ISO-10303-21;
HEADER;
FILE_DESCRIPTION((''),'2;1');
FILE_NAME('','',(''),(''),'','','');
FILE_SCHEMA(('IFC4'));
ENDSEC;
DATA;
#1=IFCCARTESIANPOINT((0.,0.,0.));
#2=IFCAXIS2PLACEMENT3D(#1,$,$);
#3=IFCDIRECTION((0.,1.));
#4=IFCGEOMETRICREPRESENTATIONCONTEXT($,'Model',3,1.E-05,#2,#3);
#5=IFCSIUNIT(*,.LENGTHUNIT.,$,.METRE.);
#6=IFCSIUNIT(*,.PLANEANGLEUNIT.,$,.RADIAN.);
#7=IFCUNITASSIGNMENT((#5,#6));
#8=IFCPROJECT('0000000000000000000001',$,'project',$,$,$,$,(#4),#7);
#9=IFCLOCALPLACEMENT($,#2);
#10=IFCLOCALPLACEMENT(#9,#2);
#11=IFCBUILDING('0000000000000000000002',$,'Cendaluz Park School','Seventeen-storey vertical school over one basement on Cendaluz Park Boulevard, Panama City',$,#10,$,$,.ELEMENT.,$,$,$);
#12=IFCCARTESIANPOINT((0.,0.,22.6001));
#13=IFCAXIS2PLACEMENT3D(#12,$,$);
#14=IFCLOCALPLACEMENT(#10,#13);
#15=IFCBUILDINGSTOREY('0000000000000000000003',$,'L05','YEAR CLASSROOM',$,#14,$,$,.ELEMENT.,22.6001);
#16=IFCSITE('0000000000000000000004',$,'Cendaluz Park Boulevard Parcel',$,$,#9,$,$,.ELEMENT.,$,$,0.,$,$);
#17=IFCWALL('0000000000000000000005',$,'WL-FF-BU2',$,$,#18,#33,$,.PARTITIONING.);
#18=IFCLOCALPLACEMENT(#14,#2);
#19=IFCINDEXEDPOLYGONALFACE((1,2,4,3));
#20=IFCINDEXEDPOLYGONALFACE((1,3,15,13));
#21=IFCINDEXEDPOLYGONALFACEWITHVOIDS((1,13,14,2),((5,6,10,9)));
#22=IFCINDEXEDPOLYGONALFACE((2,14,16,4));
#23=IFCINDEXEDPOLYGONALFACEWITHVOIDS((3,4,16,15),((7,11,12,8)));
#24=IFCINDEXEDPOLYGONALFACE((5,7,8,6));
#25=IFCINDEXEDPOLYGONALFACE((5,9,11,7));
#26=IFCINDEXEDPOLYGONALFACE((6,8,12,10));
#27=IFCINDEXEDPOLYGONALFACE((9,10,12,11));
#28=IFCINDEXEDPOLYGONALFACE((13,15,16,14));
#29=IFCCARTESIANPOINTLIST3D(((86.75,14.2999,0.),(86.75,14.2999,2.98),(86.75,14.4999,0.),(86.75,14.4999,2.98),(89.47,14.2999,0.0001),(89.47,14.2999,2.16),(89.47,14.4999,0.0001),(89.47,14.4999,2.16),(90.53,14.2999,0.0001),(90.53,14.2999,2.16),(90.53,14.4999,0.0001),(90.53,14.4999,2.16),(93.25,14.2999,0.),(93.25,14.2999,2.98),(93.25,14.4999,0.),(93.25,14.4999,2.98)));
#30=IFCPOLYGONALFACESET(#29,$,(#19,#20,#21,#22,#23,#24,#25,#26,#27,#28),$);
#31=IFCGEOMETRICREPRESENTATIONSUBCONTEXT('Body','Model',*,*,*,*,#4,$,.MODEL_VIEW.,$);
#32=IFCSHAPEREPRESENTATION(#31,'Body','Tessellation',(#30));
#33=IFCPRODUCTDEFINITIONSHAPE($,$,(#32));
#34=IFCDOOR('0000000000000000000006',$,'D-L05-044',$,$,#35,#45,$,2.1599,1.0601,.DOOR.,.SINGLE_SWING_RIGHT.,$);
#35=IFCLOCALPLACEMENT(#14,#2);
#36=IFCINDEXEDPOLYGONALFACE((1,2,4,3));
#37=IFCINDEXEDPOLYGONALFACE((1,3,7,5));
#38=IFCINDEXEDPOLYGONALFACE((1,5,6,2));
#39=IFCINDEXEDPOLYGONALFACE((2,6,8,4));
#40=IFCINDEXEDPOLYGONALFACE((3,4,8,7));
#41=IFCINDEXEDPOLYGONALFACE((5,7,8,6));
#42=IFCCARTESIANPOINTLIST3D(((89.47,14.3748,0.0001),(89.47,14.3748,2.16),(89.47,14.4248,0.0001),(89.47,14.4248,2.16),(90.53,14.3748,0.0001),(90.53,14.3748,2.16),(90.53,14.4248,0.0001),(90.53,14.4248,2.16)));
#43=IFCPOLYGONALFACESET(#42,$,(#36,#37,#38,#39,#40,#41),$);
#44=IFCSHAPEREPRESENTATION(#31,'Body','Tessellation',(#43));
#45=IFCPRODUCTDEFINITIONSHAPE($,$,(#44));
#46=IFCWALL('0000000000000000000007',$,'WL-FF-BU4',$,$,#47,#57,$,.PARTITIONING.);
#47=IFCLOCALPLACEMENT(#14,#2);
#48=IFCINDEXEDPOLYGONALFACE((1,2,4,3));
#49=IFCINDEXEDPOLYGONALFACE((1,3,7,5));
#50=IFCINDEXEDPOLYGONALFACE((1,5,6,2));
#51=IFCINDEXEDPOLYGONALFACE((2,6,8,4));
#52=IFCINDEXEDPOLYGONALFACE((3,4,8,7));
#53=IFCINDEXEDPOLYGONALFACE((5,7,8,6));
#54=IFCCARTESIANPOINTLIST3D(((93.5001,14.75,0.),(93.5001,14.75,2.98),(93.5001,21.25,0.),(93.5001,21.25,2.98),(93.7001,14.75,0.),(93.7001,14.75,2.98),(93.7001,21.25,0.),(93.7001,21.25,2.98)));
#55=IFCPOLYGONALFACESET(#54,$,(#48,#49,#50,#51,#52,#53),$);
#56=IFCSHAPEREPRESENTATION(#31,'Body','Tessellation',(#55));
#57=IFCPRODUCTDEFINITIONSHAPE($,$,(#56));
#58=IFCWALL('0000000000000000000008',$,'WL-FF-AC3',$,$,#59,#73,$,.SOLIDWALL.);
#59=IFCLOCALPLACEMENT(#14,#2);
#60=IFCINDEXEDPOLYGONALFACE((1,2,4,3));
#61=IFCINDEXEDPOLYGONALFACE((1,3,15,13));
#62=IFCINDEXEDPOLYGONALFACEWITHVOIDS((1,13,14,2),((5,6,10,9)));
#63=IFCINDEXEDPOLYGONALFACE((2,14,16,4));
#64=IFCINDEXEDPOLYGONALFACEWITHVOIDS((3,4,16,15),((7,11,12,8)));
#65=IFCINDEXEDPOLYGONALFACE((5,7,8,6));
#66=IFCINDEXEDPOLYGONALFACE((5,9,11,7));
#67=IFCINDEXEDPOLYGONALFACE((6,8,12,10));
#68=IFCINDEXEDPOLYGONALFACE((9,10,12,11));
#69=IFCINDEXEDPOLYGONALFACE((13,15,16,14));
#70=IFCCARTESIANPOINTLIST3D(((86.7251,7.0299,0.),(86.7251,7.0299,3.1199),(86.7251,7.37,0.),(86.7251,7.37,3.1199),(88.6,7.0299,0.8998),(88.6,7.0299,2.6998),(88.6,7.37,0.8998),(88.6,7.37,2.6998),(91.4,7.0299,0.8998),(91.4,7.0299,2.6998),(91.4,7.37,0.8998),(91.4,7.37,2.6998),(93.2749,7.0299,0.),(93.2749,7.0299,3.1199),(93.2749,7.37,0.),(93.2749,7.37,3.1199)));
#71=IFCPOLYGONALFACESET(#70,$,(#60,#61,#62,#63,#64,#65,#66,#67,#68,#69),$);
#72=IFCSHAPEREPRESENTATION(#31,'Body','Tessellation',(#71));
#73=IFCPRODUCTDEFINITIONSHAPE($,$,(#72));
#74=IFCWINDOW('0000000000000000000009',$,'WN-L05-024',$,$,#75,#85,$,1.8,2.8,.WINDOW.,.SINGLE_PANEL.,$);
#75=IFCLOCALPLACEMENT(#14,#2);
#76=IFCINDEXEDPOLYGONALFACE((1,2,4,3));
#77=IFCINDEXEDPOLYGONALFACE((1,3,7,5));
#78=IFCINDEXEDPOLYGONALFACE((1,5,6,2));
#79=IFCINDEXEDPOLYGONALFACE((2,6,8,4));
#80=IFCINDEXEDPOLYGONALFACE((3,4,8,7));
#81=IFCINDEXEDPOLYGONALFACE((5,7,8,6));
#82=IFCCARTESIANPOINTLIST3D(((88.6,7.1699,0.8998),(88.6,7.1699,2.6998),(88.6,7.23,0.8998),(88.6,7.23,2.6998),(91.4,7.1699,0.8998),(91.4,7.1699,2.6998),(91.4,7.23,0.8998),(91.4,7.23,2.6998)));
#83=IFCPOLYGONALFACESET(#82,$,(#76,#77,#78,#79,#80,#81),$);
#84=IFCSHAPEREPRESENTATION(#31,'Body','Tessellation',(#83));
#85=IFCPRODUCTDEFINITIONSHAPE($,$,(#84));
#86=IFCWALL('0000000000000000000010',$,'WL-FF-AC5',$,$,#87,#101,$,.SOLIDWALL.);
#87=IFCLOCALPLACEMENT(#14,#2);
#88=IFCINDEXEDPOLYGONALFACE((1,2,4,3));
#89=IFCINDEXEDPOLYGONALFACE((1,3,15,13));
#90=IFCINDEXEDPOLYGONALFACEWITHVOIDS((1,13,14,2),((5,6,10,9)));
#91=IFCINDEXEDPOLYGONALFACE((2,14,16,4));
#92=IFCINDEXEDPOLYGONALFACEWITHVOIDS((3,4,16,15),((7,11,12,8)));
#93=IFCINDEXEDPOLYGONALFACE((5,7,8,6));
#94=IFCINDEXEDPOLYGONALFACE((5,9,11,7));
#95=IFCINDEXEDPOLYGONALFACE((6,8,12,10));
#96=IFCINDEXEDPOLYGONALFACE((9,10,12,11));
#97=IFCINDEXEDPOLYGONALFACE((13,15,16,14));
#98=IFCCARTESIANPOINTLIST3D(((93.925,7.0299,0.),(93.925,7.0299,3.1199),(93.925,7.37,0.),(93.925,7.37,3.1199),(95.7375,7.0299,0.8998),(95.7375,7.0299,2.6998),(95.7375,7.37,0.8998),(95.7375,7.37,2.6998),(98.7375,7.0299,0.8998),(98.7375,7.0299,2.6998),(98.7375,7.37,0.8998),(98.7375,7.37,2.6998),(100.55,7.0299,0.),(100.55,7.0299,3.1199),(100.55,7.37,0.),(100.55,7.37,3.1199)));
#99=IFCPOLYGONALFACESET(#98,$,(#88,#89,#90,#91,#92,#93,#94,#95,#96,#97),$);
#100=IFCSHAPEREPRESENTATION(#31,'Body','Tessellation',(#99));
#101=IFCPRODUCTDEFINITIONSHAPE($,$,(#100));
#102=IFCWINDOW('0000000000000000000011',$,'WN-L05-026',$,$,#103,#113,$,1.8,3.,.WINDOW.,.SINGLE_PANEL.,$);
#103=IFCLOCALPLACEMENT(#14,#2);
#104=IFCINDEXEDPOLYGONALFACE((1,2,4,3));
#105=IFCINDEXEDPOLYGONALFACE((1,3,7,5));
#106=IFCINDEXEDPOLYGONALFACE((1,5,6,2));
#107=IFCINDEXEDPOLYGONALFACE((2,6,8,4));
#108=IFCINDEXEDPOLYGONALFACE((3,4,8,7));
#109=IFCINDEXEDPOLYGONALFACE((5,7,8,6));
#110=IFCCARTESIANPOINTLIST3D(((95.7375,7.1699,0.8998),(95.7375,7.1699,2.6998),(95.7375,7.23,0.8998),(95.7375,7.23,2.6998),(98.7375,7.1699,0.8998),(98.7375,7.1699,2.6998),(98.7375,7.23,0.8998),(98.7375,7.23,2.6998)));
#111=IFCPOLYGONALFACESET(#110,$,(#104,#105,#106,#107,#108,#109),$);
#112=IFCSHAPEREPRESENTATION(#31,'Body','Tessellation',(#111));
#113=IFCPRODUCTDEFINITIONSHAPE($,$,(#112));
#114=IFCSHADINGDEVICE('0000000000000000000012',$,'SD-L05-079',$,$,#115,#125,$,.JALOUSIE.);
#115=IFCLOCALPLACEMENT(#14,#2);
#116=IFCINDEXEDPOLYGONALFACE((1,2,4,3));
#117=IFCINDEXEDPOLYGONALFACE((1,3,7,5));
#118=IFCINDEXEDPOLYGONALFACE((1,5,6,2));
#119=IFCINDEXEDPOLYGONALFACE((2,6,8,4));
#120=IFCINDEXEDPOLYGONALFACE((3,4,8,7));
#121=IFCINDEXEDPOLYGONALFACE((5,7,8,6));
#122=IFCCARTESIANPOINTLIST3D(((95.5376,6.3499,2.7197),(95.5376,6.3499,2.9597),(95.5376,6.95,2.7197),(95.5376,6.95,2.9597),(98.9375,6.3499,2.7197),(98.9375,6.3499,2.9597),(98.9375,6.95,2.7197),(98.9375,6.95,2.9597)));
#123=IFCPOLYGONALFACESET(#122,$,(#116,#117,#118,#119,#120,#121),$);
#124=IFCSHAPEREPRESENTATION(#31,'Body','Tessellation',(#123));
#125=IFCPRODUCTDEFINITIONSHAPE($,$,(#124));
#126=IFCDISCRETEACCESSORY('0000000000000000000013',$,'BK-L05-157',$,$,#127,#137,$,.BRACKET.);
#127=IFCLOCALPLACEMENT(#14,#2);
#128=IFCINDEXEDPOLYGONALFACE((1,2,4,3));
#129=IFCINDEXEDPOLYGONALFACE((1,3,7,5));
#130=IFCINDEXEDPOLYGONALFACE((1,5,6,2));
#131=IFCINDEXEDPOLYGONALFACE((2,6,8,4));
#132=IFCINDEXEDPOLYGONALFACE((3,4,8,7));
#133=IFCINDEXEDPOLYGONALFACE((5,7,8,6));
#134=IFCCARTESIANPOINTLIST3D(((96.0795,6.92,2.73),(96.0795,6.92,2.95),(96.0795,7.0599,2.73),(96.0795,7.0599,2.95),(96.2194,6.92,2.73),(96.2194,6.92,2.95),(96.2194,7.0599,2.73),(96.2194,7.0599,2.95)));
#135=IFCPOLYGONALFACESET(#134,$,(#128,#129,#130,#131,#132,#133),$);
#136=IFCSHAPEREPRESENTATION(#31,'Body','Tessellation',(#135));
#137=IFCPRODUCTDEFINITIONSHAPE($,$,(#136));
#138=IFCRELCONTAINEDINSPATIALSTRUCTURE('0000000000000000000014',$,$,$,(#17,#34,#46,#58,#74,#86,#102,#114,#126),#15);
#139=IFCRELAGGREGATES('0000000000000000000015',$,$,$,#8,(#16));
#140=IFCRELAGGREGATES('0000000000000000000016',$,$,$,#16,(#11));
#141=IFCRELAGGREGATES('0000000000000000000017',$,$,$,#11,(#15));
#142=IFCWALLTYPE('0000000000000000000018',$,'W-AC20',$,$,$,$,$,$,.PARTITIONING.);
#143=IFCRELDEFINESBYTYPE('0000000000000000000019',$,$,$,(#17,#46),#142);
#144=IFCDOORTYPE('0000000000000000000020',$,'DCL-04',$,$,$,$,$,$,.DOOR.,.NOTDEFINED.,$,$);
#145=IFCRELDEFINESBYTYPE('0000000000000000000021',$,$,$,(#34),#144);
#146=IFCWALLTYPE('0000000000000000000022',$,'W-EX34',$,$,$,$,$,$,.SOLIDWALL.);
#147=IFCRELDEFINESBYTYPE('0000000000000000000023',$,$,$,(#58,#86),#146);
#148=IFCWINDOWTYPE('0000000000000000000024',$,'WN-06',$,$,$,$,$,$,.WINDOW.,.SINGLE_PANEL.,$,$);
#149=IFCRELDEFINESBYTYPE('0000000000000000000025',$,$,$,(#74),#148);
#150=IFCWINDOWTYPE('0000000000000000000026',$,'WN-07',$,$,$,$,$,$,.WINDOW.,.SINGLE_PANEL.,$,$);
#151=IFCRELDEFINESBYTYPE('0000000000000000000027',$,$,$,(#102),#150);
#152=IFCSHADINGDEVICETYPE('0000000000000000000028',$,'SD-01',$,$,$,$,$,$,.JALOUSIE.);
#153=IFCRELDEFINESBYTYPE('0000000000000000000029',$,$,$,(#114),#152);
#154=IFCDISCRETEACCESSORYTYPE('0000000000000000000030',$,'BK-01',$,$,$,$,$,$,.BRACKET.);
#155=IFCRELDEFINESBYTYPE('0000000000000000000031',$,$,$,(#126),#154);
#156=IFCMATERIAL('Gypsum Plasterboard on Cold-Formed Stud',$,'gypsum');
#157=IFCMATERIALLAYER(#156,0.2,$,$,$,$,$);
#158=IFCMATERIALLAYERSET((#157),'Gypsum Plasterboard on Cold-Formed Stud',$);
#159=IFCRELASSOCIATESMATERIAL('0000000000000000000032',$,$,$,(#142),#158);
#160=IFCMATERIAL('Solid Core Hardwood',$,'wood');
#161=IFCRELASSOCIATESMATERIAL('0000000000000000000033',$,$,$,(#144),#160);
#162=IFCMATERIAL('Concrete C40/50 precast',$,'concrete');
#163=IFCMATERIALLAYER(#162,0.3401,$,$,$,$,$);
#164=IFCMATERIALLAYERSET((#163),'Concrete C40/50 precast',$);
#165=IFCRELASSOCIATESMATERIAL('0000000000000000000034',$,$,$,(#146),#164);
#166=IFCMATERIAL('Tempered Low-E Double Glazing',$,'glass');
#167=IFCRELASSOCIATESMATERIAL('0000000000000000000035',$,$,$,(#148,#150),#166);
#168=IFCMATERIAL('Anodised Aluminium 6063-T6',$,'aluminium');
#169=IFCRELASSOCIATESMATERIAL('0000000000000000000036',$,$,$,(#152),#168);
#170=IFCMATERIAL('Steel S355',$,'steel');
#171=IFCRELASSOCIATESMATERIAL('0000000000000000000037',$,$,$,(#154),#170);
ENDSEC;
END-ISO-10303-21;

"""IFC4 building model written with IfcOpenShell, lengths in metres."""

from ifc_helpers import new_model, si_unit, direction, frame, frame_2d, origin, origin_2d, place, context, subcontext, project, spatial, rectangle, extrude, material, layer, layer_set, type_object, element, fill, save


model = new_model("IFC4")

# Units and contexts
model_context = context("Model", 3, precision=1e-05, world=origin(), true_north=direction((0.0, 1.0)))
body_context = subcontext(model_context, "Body", "Model", "MODEL_VIEW")
ifc_project = project(units=[si_unit("LENGTHUNIT", "METRE"), si_unit("PLANEANGLEUNIT", "RADIAN")], contexts=[model_context])

# Site, building, storey
site_placement = place(None, origin())
site = spatial("IfcSite", under=ifc_project, at=site_placement, Name="Cendaluz Park Boulevard Parcel", CompositionType="ELEMENT", RefElevation=0.0)
building_placement = place(site_placement, origin())
building = spatial("IfcBuilding", under=site, at=building_placement, Name="Cendaluz Park School", Description="Seventeen-storey vertical school over one basement on Cendaluz Park Boulevard, Panama City", CompositionType="ELEMENT")
storey_placement = place(building_placement, frame((0.0, 0.0, 22.6001)))
storey = spatial("IfcBuildingStorey", under=building, at=storey_placement, Name="L05", Description="YEAR CLASSROOM", CompositionType="ELEMENT", Elevation=22.6001)

# Shared definitions
ifc_material_1 = material(Name="Gypsum Plasterboard on Cold-Formed Stud", Category="gypsum")
ifc_layer_1 = layer(ifc_material_1, 0.2)
ifc_layer_set_1 = layer_set([ifc_layer_1], Name="Gypsum Plasterboard on Cold-Formed Stud")
wall_type_1 = type_object("IfcWallType", Name="W-AC20", PredefinedType="PARTITIONING", material=ifc_layer_set_1)

# Wall, opening, door
wall_1_placement = place(storey_placement, frame((86.75, 14.3999, 0.0), z_axis=(0.0, 0.0, 1.0), x_axis=(1.0, 0.0, 0.0)))
wall_1 = element("IfcWall", 1, at=wall_1_placement, inside=storey, type_object=wall_type_1, Name="WL-FF-BU2", PredefinedType="PARTITIONING", context=body_context, shape_type="SweptSolid", body=[
    extrude(rectangle(XDim=6.5, YDim=0.2, at=frame_2d((3.25, 0.0))), origin(), (0.0, 0.0, 1.0), 2.98),
])
opening_1_placement = place(wall_1_placement, frame((2.72, 0.0, 0.0)))
opening_1 = element("IfcOpeningElement", 2, at=opening_1_placement, cuts=wall_1, PredefinedType="OPENING", context=body_context, shape_type="SweptSolid", body=[
    extrude(rectangle(XDim=1.0601, YDim=2.1599, at=frame_2d((0.53, 1.0801))), frame((0.0, 0.1121, 0.0), z_axis=(0.0, -1.0, 0.0), x_axis=(1.0, 0.0, 0.0)), (0.0, 0.0, 1.0), 0.2239),
])
ifc_material_2 = material(Name="Solid Core Hardwood", Category="wood")
door_type = type_object("IfcDoorType", Name="DCL-04", OperationType="NOTDEFINED", PredefinedType="DOOR", material=ifc_material_2)
door_placement = place(opening_1_placement, origin())
door = element("IfcDoor", 3, at=door_placement, inside=storey, type_object=door_type, Name="D-L05-044", OperationType="SINGLE_SWING_RIGHT", OverallHeight=2.1599, OverallWidth=1.0601, PredefinedType="DOOR", context=body_context, shape_type="SweptSolid", body=[
    extrude(rectangle(XDim=1.0601, YDim=2.1599, at=frame_2d((0.53, 1.0801))), frame((0.0, 0.0249, 0.0), z_axis=(0.0, -1.0, 0.0), x_axis=(1.0, 0.0, 0.0)), (0.0, 0.0, 1.0), 0.05),
])
fill(opening_1, door)

# Wall
wall_2_placement = place(storey_placement, frame((93.6001, 14.75, 0.0), z_axis=(0.0, 0.0, 1.0), x_axis=(0.0, 1.0, 0.0)))
element("IfcWall", 4, at=wall_2_placement, inside=storey, type_object=wall_type_1, Name="WL-FF-BU4", PredefinedType="PARTITIONING", context=body_context, shape_type="SweptSolid", body=[
    extrude(rectangle(XDim=6.5, YDim=0.2, at=frame_2d((3.25, 0.0))), origin(), (0.0, 0.0, 1.0), 2.98),
])

# Walls, openings, windows
ifc_material_3 = material(Name="Concrete C40/50 precast", Category="concrete")
ifc_layer_2 = layer(ifc_material_3, 0.3401)
ifc_layer_set_2 = layer_set([ifc_layer_2], Name="Concrete C40/50 precast")
wall_type_2 = type_object("IfcWallType", Name="W-EX34", PredefinedType="SOLIDWALL", material=ifc_layer_set_2)
wall_3_placement = place(storey_placement, frame((86.7251, 7.2, 0.0), z_axis=(0.0, 0.0, 1.0), x_axis=(1.0, 0.0, 0.0)))
wall_3 = element("IfcWall", 5, at=wall_3_placement, inside=storey, type_object=wall_type_2, Name="WL-FF-AC3", PredefinedType="SOLIDWALL", context=body_context, shape_type="SweptSolid", body=[
    extrude(rectangle(XDim=6.5498, YDim=0.3401, at=frame_2d((3.2749, 0.0))), origin(), (0.0, 0.0, 1.0), 3.1199),
])
opening_2_placement = place(wall_3_placement, frame((1.875, 0.0, 0.8999)))
opening_2 = element("IfcOpeningElement", 6, at=opening_2_placement, cuts=wall_3, PredefinedType="OPENING", context=body_context, shape_type="SweptSolid", body=[
    extrude(rectangle(XDim=2.8, YDim=1.8, at=frame_2d((1.3999, 0.8999))), frame((0.0, 0.1821, 0.0), z_axis=(0.0, -1.0, 0.0), x_axis=(1.0, 0.0, 0.0)), (0.0, 0.0, 1.0), 0.364),
])
ifc_material_4 = material(Name="Tempered Low-E Double Glazing", Category="glass")
window_type_1 = type_object("IfcWindowType", Name="WN-06", PartitioningType="SINGLE_PANEL", PredefinedType="WINDOW", material=ifc_material_4)
window_1_placement = place(opening_2_placement, origin())
window_1 = element("IfcWindow", 7, at=window_1_placement, inside=storey, type_object=window_type_1, Name="WN-L05-024", OverallHeight=1.8, OverallWidth=2.8, PartitioningType="SINGLE_PANEL", PredefinedType="WINDOW", context=body_context, shape_type="SweptSolid", body=[
    extrude(rectangle(XDim=2.8, YDim=1.8, at=frame_2d((1.3999, 0.8999))), frame((0.0, 0.03, 0.0), z_axis=(0.0, -1.0, 0.0), x_axis=(1.0, 0.0, 0.0)), (0.0, 0.0, 1.0), 0.0601),
])
fill(opening_2, window_1)
wall_4_placement = place(storey_placement, frame((93.925, 7.2, 0.0), z_axis=(0.0, 0.0, 1.0), x_axis=(1.0, 0.0, 0.0)))
wall_4 = element("IfcWall", 8, at=wall_4_placement, inside=storey, type_object=wall_type_2, Name="WL-FF-AC5", PredefinedType="SOLIDWALL", context=body_context, shape_type="SweptSolid", body=[
    extrude(rectangle(XDim=6.625, YDim=0.3401, at=frame_2d((3.3125, 0.0))), origin(), (0.0, 0.0, 1.0), 3.1199),
])
opening_3_placement = place(wall_4_placement, frame((1.8125, 0.0, 0.8999)))
opening_3 = element("IfcOpeningElement", 9, at=opening_3_placement, cuts=wall_4, PredefinedType="OPENING", context=body_context, shape_type="SweptSolid", body=[
    extrude(rectangle(XDim=3.0, YDim=1.8, at=frame_2d((1.5, 0.8999))), frame((0.0, 0.1821, 0.0), z_axis=(0.0, -1.0, 0.0), x_axis=(1.0, 0.0, 0.0)), (0.0, 0.0, 1.0), 0.364),
])
window_type_2 = type_object("IfcWindowType", Name="WN-07", PartitioningType="SINGLE_PANEL", PredefinedType="WINDOW", material=ifc_material_4)
window_2_placement = place(opening_3_placement, origin())
window_2 = element("IfcWindow", 10, at=window_2_placement, inside=storey, type_object=window_type_2, Name="WN-L05-026", OverallHeight=1.8, OverallWidth=3.0, PartitioningType="SINGLE_PANEL", PredefinedType="WINDOW", context=body_context, shape_type="SweptSolid", body=[
    extrude(rectangle(XDim=3.0, YDim=1.8, at=frame_2d((1.5, 0.8999))), frame((0.0, 0.03, 0.0), z_axis=(0.0, -1.0, 0.0), x_axis=(1.0, 0.0, 0.0)), (0.0, 0.0, 1.0), 0.0601),
])
fill(opening_3, window_2)

# Shading device
ifc_material_5 = material(Name="Anodised Aluminium 6063-T6", Category="aluminium")
shading_device_type = type_object("IfcShadingDeviceType", Name="SD-01", PredefinedType="JALOUSIE", material=ifc_material_5)
shading_device_placement = place(storey_placement, frame((97.2375, 6.6499, 2.7197), z_axis=(0.0, 0.0, 1.0), x_axis=(1.0, 0.0, 0.0)))
element("IfcShadingDevice", 11, at=shading_device_placement, inside=storey, type_object=shading_device_type, Name="SD-L05-079", PredefinedType="JALOUSIE", context=body_context, shape_type="SweptSolid", body=[
    extrude(rectangle(XDim=3.3999, YDim=0.6001, at=origin_2d()), origin(), (0.0, 0.0, 1.0), 0.24),
])

# Discrete accessory
ifc_material_6 = material(Name="Steel S355", Category="steel")
discrete_accessory_type = type_object("IfcDiscreteAccessoryType", Name="BK-01", PredefinedType="BRACKET", material=ifc_material_6)
discrete_accessory_placement = place(storey_placement, frame((96.1494, 6.99, 2.73), z_axis=(0.0, 0.0, 1.0), x_axis=(1.0, 0.0, 0.0)))
element("IfcDiscreteAccessory", 12, at=discrete_accessory_placement, inside=storey, type_object=discrete_accessory_type, Name="BK-L05-157", PredefinedType="BRACKET", context=body_context, shape_type="SweptSolid", body=[
    extrude(rectangle(XDim=0.1399, YDim=0.1399, at=origin_2d()), origin(), (0.0, 0.0, 1.0), 0.22),
])

save(model, "model.ifc")
